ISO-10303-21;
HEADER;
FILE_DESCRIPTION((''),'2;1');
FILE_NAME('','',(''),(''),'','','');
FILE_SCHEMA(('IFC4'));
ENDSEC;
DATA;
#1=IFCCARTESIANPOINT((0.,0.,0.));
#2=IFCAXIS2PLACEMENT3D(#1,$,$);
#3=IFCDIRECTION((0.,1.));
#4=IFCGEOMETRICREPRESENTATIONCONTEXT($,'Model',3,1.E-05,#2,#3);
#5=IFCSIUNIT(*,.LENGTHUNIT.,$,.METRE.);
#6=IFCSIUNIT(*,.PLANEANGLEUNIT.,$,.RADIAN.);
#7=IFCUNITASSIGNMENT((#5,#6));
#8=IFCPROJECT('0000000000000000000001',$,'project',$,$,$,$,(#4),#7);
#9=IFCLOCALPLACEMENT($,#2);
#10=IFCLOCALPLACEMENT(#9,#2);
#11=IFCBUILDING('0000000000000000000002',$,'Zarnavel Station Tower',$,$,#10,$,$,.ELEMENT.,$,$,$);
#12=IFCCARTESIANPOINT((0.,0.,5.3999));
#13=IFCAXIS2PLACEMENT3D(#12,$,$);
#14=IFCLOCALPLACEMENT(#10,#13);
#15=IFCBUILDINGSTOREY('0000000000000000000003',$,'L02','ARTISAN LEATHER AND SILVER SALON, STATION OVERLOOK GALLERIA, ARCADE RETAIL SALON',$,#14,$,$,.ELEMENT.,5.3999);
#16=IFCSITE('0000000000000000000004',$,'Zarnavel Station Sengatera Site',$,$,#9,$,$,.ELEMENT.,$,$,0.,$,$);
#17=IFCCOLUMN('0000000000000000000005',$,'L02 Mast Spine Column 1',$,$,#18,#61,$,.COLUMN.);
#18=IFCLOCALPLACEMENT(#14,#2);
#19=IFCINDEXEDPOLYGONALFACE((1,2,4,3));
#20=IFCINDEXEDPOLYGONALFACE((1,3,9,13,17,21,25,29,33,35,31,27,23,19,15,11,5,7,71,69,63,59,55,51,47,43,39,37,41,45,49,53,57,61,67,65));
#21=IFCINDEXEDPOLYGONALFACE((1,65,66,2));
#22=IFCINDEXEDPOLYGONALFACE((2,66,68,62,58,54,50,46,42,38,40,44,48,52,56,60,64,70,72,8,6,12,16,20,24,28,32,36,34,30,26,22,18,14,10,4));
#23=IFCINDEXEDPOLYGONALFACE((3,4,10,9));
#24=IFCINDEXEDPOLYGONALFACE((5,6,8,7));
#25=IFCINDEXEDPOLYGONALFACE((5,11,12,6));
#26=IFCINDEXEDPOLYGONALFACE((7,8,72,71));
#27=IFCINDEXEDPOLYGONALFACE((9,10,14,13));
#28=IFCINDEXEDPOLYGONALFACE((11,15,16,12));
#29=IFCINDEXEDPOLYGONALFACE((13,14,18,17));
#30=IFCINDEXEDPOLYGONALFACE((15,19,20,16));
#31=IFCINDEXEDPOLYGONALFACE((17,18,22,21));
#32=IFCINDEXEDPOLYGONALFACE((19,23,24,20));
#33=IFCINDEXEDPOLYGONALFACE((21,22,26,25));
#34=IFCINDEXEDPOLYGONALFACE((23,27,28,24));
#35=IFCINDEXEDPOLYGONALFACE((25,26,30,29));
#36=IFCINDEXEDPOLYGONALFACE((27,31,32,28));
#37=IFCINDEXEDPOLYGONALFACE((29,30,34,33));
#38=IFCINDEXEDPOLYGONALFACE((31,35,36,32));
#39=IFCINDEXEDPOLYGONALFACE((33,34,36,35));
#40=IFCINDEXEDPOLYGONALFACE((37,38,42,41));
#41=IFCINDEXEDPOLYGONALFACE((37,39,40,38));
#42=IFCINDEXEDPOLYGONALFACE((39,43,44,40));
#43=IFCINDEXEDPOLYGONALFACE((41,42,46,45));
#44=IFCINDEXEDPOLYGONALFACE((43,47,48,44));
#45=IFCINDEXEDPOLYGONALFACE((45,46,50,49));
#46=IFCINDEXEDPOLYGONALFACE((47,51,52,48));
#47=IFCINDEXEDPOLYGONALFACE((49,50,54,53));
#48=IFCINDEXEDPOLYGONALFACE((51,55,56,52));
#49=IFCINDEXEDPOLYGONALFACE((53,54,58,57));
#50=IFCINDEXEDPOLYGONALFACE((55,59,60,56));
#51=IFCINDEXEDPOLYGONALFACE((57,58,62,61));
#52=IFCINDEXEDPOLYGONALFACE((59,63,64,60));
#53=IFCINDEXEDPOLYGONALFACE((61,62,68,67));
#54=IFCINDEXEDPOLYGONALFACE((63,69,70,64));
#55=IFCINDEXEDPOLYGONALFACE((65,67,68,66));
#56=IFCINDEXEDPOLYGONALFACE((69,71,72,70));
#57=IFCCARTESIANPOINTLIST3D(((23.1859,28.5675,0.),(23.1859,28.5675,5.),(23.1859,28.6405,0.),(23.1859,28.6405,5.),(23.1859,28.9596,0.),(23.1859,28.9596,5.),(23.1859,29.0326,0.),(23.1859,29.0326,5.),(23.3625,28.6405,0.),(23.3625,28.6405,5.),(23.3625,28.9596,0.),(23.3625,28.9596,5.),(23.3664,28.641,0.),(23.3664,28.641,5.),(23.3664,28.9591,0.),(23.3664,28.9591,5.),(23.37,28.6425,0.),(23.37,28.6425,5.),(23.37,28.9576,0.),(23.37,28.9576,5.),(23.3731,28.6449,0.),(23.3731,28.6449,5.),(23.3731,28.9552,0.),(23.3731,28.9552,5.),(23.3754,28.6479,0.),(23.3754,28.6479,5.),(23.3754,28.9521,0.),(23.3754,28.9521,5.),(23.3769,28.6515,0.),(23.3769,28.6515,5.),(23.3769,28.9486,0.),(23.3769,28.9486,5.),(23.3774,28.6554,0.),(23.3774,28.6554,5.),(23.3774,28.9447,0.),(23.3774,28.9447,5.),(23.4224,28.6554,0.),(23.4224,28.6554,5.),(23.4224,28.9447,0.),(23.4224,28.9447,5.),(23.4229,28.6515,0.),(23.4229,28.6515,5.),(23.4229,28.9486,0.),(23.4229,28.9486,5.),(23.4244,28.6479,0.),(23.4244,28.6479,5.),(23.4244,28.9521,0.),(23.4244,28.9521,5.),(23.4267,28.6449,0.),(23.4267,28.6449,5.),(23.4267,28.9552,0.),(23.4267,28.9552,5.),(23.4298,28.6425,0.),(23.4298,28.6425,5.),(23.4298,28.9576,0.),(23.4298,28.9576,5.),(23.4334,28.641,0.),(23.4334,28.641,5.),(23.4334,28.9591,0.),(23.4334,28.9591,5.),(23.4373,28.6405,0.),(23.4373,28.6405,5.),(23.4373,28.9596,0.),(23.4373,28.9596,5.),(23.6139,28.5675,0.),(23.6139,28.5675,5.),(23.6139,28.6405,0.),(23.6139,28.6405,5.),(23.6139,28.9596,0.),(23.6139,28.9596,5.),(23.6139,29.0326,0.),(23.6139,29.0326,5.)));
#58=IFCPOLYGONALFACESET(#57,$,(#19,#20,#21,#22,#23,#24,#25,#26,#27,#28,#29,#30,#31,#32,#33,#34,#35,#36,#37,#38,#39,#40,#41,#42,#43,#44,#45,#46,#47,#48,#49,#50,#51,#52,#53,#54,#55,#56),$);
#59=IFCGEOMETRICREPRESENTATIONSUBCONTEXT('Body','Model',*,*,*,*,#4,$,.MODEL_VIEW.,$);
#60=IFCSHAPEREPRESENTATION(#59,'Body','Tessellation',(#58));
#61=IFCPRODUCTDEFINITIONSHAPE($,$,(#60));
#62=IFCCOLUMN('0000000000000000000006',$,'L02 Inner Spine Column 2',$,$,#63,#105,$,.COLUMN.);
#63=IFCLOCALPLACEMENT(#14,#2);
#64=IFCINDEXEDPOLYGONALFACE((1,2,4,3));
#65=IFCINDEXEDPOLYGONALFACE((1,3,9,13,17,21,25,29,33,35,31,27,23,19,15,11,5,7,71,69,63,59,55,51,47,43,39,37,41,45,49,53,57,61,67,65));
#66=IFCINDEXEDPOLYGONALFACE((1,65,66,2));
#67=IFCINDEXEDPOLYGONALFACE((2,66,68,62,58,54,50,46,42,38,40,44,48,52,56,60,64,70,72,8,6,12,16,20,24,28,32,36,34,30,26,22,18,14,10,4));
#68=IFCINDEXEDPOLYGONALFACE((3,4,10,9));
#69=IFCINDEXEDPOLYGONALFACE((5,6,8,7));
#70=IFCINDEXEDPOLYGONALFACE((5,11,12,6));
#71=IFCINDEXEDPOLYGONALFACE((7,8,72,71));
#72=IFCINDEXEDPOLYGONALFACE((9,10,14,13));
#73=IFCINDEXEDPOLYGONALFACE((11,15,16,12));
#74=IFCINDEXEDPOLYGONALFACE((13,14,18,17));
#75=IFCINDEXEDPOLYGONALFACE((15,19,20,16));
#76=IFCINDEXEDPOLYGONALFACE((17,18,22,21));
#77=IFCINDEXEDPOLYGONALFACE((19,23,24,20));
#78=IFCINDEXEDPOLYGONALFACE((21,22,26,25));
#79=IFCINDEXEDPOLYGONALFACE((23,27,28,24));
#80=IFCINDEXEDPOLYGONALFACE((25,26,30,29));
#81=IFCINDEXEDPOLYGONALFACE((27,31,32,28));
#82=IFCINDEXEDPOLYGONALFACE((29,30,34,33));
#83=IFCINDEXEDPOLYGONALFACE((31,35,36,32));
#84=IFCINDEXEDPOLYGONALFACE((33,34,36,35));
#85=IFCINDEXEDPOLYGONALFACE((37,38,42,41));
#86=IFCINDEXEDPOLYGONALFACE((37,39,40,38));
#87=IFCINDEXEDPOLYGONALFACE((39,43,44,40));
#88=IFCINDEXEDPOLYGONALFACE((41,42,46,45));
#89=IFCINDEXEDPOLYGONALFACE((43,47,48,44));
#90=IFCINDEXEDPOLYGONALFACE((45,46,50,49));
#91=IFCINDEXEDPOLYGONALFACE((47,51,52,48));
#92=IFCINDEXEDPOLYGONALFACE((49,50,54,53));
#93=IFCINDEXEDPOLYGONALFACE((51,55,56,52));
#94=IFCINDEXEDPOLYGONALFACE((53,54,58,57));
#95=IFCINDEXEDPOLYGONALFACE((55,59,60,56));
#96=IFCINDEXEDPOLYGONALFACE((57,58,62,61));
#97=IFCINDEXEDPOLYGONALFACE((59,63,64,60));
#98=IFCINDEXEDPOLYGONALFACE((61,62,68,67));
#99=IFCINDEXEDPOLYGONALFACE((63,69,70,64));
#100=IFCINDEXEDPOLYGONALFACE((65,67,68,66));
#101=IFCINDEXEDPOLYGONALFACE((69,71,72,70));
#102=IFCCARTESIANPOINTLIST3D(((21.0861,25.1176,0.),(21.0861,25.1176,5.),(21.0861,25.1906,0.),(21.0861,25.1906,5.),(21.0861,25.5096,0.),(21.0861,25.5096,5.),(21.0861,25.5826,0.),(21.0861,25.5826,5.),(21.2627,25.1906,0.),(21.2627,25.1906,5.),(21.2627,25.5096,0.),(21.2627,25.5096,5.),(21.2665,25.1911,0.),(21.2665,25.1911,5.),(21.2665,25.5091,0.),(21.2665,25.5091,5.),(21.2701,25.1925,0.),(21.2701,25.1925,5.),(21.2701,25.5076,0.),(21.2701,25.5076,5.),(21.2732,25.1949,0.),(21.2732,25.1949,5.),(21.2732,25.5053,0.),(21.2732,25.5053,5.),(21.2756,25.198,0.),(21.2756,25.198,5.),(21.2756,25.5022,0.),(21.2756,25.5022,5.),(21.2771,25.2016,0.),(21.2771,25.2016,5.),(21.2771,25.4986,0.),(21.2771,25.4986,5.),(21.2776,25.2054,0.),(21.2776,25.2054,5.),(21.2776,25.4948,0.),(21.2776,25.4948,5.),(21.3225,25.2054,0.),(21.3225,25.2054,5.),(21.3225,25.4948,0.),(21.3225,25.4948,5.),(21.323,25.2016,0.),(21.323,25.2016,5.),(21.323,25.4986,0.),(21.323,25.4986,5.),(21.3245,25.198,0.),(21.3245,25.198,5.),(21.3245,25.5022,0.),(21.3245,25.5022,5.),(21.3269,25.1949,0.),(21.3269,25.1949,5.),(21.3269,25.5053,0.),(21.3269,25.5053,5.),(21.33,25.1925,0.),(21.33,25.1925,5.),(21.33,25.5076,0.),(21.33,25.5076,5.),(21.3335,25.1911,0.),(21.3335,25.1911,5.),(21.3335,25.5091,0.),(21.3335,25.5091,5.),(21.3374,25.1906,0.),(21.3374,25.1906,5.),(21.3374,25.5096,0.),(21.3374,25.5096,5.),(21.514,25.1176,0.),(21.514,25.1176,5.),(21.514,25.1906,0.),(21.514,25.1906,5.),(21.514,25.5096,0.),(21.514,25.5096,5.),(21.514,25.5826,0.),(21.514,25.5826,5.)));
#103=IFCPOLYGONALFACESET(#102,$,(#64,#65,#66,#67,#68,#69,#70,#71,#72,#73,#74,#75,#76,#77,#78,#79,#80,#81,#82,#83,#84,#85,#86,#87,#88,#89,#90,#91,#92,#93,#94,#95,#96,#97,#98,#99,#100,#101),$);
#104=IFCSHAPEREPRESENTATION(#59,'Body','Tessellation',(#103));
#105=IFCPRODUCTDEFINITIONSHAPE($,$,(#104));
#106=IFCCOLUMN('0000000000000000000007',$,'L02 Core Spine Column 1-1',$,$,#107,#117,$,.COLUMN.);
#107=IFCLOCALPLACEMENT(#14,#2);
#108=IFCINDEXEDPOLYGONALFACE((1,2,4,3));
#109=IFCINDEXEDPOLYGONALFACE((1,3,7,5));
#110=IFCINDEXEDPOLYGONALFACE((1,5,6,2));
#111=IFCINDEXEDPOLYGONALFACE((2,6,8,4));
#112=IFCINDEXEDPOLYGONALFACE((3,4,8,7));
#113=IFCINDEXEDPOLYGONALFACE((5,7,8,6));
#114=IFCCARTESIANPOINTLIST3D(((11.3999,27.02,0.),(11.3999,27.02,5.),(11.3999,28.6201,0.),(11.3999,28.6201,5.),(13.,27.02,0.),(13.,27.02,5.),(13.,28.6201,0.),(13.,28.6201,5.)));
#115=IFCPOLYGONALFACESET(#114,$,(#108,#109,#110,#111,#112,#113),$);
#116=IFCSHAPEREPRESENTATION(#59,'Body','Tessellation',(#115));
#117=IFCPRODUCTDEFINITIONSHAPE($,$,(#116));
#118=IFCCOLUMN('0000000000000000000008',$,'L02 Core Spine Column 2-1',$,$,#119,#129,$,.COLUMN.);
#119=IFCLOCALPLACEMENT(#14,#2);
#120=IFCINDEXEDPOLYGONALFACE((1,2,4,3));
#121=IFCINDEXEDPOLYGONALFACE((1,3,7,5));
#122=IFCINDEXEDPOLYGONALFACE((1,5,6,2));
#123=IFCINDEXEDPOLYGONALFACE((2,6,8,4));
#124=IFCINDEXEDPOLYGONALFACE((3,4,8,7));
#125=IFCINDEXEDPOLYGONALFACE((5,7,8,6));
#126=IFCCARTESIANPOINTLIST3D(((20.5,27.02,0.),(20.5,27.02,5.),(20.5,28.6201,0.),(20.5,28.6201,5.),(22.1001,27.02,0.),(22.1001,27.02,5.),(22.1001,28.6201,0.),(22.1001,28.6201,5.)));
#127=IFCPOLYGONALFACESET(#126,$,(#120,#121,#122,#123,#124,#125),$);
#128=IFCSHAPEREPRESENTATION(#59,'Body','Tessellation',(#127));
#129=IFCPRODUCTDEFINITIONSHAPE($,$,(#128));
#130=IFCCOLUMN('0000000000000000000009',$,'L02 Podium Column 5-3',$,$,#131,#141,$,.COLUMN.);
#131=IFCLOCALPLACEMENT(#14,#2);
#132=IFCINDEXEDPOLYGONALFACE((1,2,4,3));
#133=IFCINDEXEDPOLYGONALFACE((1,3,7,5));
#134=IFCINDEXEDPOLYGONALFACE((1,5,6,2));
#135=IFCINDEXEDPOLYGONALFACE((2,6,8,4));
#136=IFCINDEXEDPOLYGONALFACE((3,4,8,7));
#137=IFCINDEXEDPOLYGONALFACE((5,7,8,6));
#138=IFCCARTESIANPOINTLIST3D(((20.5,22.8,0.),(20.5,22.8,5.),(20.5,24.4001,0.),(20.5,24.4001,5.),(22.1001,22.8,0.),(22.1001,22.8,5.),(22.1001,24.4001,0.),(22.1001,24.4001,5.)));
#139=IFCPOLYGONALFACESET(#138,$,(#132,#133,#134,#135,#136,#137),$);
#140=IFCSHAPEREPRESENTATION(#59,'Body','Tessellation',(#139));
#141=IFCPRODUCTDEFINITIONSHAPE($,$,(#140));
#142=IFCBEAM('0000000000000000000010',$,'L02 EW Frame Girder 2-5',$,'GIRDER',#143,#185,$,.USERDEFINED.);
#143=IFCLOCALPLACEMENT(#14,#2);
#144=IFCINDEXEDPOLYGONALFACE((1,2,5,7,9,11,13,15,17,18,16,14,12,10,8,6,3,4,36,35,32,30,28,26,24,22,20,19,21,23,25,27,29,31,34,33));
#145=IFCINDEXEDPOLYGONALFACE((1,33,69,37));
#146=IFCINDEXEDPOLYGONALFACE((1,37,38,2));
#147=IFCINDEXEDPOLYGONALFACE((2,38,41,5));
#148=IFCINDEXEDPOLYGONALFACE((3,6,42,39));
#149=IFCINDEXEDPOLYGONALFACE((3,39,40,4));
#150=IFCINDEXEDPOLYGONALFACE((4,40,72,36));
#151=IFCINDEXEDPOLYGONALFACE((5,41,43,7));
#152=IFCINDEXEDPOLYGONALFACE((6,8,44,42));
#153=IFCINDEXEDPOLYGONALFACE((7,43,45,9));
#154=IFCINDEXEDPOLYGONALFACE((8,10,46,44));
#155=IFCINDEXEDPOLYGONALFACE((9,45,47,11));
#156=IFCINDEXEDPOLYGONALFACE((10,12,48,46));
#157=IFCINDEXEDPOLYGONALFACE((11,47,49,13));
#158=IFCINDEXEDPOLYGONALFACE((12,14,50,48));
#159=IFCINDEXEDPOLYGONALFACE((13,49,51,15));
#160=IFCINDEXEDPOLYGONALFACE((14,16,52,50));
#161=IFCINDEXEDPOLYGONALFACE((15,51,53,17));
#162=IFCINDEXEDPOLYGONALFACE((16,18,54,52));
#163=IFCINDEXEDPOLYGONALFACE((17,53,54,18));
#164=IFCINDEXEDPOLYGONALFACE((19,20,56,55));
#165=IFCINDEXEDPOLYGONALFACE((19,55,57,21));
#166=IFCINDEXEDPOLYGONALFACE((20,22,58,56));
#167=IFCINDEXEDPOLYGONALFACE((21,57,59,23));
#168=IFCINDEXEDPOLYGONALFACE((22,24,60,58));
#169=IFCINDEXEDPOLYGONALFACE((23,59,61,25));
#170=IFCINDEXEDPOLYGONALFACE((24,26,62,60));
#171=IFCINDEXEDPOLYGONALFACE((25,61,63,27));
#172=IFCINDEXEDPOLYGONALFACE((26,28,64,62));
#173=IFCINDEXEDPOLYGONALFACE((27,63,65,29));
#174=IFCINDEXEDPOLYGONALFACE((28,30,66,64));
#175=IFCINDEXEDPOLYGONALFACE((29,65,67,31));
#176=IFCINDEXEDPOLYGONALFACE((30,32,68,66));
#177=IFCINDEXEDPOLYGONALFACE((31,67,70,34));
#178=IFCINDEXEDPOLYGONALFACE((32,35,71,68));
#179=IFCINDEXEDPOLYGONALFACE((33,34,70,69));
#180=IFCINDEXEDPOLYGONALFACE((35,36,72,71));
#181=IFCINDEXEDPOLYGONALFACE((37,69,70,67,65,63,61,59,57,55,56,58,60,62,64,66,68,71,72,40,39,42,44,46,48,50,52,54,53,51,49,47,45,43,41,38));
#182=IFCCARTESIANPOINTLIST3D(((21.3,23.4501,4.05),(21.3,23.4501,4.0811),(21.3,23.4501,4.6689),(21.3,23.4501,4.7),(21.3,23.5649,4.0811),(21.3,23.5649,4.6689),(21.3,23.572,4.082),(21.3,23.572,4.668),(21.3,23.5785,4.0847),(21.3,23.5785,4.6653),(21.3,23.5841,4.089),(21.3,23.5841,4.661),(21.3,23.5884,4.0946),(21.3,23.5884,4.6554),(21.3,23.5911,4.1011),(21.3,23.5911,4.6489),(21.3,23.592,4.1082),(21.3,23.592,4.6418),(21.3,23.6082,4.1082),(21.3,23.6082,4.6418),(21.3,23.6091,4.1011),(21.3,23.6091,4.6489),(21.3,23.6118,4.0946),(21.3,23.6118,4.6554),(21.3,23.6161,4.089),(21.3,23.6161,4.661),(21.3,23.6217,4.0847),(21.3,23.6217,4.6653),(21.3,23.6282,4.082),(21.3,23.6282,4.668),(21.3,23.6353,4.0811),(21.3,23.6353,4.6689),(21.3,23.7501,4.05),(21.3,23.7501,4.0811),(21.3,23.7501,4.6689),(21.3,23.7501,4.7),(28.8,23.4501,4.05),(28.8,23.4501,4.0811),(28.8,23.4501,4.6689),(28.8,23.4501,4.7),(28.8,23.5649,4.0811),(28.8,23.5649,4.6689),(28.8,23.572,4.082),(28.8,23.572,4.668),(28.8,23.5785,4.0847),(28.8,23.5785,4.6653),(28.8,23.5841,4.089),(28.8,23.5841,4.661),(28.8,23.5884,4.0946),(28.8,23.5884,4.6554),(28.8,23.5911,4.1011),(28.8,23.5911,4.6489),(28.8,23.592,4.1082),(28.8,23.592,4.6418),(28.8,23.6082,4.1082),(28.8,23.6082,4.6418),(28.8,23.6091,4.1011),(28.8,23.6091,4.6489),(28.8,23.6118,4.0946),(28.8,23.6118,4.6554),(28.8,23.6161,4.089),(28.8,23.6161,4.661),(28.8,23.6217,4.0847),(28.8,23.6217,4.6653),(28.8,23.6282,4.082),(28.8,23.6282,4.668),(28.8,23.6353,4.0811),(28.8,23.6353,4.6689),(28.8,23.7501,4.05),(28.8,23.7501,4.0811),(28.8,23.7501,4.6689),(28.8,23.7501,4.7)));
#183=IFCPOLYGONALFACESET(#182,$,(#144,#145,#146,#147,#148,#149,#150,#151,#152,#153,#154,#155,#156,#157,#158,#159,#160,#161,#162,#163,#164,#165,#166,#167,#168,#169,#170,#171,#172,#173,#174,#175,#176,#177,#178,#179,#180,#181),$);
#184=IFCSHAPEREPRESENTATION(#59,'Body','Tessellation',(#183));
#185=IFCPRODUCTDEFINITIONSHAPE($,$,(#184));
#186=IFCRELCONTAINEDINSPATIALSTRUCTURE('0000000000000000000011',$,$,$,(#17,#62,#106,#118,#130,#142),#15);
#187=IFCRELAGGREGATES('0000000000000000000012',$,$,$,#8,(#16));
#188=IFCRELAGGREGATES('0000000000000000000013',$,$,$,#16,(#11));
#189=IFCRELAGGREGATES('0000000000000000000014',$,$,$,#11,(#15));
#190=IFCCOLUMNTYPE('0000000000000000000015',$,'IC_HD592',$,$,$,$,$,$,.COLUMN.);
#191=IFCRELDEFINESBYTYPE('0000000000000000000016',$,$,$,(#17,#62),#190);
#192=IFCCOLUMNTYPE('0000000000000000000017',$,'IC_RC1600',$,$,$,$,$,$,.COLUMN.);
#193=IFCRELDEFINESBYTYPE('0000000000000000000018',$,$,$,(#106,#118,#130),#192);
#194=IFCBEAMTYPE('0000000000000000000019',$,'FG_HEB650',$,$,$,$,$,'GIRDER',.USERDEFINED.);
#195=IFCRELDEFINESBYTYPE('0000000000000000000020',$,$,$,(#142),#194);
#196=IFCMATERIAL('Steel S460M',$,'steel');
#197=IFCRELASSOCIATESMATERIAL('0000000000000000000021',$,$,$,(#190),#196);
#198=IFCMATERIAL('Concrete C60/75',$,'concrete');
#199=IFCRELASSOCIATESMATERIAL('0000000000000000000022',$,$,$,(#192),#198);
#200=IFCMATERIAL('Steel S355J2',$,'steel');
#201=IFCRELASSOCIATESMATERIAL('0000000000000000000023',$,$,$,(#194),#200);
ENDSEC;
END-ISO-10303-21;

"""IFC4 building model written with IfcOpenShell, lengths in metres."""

from ifc_helpers import new_model, si_unit, direction, frame, origin, origin_2d, place, context, subcontext, project, spatial, rectangle, i_section, extrude, material, material_profile, profile_set, type_object, element, save


model = new_model("IFC4")

# Units and contexts
model_context = context("Model", 3, precision=1e-05, world=origin(), true_north=direction((0.0, 1.0)))
body_context = subcontext(model_context, "Body", "Model", "MODEL_VIEW")
ifc_project = project(units=[si_unit("LENGTHUNIT", "METRE"), si_unit("PLANEANGLEUNIT", "RADIAN")], contexts=[model_context])

# Site, building, storey
site_placement = place(None, origin())
site = spatial("IfcSite", under=ifc_project, at=site_placement, Name="Zarnavel Station Sengatera Site", CompositionType="ELEMENT", RefElevation=0.0)
building_placement = place(site_placement, origin())
building = spatial("IfcBuilding", under=site, at=building_placement, Name="Zarnavel Station Tower", CompositionType="ELEMENT")
storey_placement = place(building_placement, frame((0.0, 0.0, 5.3999)))
storey = spatial("IfcBuildingStorey", under=building, at=storey_placement, Name="L02", Description="ARTISAN LEATHER AND SILVER SALON, STATION OVERLOOK GALLERIA, ARCADE RETAIL SALON", CompositionType="ELEMENT", Elevation=5.3999)

# Columns
ifc_material_1 = material(Name="Steel S460M", Category="steel")
ifc_material_profile_1 = material_profile(ifc_material_1, i_section(OverallWidth=0.428, OverallDepth=0.4651, WebThickness=0.0449, FlangeThickness=0.073, FilletRadius=0.0149, at=origin_2d()), Name="HD400x592")
ifc_profile_set_1 = profile_set([ifc_material_profile_1], Name="Steel S460M")
column_type_1 = type_object("IfcColumnType", Name="IC_HD592", PredefinedType="COLUMN", material=ifc_profile_set_1)
for number, where, z_axis, x_axis, name in (
    (1, (23.3999, 28.8, 0.0), (0.0, 0.0, 1.0), (1.0, 0.0, 0.0), "L02 Mast Spine Column 1"),
    (2, (21.3, 25.3501, 0.0), (0.0, 0.0, 1.0), (1.0, 0.0, 0.0), "L02 Inner Spine Column 2"),
):
    element("IfcColumn", number, at=place(storey_placement, frame(where, z_axis=z_axis, x_axis=x_axis)), inside=storey, type_object=column_type_1, Name=name, PredefinedType="COLUMN", context=body_context, shape_type="SweptSolid", body=[
        extrude(i_section(OverallWidth=0.428, OverallDepth=0.4651, WebThickness=0.0449, FlangeThickness=0.073, FilletRadius=0.0149, at=origin_2d()), origin(), (0.0, 0.0, 1.0), 5.0),
    ])
ifc_material_2 = material(Name="Concrete C60/75", Category="concrete")
ifc_material_profile_2 = material_profile(ifc_material_2, rectangle(XDim=1.6001, YDim=1.6001, at=origin_2d()), Name="RC1600x1600")
ifc_profile_set_2 = profile_set([ifc_material_profile_2], Name="Concrete C60/75")
column_type_2 = type_object("IfcColumnType", Name="IC_RC1600", PredefinedType="COLUMN", material=ifc_profile_set_2)
for number, where, z_axis, x_axis, name in (
    (3, (12.2, 27.8201, 0.0), (0.0, 0.0, 1.0), (1.0, 0.0, 0.0), "L02 Core Spine Column 1-1"),
    (4, (21.3, 27.8201, 0.0), (0.0, 0.0, 1.0), (1.0, 0.0, 0.0), "L02 Core Spine Column 2-1"),
    (5, (21.3, 23.6001, 0.0), (0.0, 0.0, 1.0), (1.0, 0.0, 0.0), "L02 Podium Column 5-3"),
):
    element("IfcColumn", number, at=place(storey_placement, frame(where, z_axis=z_axis, x_axis=x_axis)), inside=storey, type_object=column_type_2, Name=name, PredefinedType="COLUMN", context=body_context, shape_type="SweptSolid", body=[
        extrude(rectangle(XDim=1.6001, YDim=1.6001, at=origin_2d()), origin(), (0.0, 0.0, 1.0), 5.0),
    ])

# Beam
ifc_material_3 = material(Name="Steel S355J2", Category="steel")
ifc_material_profile_3 = material_profile(ifc_material_3, i_section(OverallWidth=0.3, OverallDepth=0.6499, WebThickness=0.0161, FlangeThickness=0.031, FilletRadius=0.0271, at=origin_2d()), Name="HEB650")
ifc_profile_set_3 = profile_set([ifc_material_profile_3], Name="Steel S355J2")
beam_type_1 = type_object("IfcBeamType", Name="FG_HEB650", ElementType="GIRDER", PredefinedType="USERDEFINED", material=ifc_profile_set_3)
beam_1_placement = place(storey_placement, frame((21.3, 23.6001, 4.375), z_axis=(1.0, 0.0, 0.0), x_axis=(0.0, 1.0, 0.0)))
element("IfcBeam", 6, at=beam_1_placement, inside=storey, type_object=beam_type_1, Name="L02 EW Frame Girder 2-5", ObjectType="GIRDER", PredefinedType="USERDEFINED", context=body_context, shape_type="SweptSolid", body=[
    extrude(i_section(OverallWidth=0.3, OverallDepth=0.6499, WebThickness=0.0161, FlangeThickness=0.031, FilletRadius=0.0271, at=origin_2d()), origin(), (0.0, 0.0, 1.0), 7.5),
])

save(model, "model.ifc")
